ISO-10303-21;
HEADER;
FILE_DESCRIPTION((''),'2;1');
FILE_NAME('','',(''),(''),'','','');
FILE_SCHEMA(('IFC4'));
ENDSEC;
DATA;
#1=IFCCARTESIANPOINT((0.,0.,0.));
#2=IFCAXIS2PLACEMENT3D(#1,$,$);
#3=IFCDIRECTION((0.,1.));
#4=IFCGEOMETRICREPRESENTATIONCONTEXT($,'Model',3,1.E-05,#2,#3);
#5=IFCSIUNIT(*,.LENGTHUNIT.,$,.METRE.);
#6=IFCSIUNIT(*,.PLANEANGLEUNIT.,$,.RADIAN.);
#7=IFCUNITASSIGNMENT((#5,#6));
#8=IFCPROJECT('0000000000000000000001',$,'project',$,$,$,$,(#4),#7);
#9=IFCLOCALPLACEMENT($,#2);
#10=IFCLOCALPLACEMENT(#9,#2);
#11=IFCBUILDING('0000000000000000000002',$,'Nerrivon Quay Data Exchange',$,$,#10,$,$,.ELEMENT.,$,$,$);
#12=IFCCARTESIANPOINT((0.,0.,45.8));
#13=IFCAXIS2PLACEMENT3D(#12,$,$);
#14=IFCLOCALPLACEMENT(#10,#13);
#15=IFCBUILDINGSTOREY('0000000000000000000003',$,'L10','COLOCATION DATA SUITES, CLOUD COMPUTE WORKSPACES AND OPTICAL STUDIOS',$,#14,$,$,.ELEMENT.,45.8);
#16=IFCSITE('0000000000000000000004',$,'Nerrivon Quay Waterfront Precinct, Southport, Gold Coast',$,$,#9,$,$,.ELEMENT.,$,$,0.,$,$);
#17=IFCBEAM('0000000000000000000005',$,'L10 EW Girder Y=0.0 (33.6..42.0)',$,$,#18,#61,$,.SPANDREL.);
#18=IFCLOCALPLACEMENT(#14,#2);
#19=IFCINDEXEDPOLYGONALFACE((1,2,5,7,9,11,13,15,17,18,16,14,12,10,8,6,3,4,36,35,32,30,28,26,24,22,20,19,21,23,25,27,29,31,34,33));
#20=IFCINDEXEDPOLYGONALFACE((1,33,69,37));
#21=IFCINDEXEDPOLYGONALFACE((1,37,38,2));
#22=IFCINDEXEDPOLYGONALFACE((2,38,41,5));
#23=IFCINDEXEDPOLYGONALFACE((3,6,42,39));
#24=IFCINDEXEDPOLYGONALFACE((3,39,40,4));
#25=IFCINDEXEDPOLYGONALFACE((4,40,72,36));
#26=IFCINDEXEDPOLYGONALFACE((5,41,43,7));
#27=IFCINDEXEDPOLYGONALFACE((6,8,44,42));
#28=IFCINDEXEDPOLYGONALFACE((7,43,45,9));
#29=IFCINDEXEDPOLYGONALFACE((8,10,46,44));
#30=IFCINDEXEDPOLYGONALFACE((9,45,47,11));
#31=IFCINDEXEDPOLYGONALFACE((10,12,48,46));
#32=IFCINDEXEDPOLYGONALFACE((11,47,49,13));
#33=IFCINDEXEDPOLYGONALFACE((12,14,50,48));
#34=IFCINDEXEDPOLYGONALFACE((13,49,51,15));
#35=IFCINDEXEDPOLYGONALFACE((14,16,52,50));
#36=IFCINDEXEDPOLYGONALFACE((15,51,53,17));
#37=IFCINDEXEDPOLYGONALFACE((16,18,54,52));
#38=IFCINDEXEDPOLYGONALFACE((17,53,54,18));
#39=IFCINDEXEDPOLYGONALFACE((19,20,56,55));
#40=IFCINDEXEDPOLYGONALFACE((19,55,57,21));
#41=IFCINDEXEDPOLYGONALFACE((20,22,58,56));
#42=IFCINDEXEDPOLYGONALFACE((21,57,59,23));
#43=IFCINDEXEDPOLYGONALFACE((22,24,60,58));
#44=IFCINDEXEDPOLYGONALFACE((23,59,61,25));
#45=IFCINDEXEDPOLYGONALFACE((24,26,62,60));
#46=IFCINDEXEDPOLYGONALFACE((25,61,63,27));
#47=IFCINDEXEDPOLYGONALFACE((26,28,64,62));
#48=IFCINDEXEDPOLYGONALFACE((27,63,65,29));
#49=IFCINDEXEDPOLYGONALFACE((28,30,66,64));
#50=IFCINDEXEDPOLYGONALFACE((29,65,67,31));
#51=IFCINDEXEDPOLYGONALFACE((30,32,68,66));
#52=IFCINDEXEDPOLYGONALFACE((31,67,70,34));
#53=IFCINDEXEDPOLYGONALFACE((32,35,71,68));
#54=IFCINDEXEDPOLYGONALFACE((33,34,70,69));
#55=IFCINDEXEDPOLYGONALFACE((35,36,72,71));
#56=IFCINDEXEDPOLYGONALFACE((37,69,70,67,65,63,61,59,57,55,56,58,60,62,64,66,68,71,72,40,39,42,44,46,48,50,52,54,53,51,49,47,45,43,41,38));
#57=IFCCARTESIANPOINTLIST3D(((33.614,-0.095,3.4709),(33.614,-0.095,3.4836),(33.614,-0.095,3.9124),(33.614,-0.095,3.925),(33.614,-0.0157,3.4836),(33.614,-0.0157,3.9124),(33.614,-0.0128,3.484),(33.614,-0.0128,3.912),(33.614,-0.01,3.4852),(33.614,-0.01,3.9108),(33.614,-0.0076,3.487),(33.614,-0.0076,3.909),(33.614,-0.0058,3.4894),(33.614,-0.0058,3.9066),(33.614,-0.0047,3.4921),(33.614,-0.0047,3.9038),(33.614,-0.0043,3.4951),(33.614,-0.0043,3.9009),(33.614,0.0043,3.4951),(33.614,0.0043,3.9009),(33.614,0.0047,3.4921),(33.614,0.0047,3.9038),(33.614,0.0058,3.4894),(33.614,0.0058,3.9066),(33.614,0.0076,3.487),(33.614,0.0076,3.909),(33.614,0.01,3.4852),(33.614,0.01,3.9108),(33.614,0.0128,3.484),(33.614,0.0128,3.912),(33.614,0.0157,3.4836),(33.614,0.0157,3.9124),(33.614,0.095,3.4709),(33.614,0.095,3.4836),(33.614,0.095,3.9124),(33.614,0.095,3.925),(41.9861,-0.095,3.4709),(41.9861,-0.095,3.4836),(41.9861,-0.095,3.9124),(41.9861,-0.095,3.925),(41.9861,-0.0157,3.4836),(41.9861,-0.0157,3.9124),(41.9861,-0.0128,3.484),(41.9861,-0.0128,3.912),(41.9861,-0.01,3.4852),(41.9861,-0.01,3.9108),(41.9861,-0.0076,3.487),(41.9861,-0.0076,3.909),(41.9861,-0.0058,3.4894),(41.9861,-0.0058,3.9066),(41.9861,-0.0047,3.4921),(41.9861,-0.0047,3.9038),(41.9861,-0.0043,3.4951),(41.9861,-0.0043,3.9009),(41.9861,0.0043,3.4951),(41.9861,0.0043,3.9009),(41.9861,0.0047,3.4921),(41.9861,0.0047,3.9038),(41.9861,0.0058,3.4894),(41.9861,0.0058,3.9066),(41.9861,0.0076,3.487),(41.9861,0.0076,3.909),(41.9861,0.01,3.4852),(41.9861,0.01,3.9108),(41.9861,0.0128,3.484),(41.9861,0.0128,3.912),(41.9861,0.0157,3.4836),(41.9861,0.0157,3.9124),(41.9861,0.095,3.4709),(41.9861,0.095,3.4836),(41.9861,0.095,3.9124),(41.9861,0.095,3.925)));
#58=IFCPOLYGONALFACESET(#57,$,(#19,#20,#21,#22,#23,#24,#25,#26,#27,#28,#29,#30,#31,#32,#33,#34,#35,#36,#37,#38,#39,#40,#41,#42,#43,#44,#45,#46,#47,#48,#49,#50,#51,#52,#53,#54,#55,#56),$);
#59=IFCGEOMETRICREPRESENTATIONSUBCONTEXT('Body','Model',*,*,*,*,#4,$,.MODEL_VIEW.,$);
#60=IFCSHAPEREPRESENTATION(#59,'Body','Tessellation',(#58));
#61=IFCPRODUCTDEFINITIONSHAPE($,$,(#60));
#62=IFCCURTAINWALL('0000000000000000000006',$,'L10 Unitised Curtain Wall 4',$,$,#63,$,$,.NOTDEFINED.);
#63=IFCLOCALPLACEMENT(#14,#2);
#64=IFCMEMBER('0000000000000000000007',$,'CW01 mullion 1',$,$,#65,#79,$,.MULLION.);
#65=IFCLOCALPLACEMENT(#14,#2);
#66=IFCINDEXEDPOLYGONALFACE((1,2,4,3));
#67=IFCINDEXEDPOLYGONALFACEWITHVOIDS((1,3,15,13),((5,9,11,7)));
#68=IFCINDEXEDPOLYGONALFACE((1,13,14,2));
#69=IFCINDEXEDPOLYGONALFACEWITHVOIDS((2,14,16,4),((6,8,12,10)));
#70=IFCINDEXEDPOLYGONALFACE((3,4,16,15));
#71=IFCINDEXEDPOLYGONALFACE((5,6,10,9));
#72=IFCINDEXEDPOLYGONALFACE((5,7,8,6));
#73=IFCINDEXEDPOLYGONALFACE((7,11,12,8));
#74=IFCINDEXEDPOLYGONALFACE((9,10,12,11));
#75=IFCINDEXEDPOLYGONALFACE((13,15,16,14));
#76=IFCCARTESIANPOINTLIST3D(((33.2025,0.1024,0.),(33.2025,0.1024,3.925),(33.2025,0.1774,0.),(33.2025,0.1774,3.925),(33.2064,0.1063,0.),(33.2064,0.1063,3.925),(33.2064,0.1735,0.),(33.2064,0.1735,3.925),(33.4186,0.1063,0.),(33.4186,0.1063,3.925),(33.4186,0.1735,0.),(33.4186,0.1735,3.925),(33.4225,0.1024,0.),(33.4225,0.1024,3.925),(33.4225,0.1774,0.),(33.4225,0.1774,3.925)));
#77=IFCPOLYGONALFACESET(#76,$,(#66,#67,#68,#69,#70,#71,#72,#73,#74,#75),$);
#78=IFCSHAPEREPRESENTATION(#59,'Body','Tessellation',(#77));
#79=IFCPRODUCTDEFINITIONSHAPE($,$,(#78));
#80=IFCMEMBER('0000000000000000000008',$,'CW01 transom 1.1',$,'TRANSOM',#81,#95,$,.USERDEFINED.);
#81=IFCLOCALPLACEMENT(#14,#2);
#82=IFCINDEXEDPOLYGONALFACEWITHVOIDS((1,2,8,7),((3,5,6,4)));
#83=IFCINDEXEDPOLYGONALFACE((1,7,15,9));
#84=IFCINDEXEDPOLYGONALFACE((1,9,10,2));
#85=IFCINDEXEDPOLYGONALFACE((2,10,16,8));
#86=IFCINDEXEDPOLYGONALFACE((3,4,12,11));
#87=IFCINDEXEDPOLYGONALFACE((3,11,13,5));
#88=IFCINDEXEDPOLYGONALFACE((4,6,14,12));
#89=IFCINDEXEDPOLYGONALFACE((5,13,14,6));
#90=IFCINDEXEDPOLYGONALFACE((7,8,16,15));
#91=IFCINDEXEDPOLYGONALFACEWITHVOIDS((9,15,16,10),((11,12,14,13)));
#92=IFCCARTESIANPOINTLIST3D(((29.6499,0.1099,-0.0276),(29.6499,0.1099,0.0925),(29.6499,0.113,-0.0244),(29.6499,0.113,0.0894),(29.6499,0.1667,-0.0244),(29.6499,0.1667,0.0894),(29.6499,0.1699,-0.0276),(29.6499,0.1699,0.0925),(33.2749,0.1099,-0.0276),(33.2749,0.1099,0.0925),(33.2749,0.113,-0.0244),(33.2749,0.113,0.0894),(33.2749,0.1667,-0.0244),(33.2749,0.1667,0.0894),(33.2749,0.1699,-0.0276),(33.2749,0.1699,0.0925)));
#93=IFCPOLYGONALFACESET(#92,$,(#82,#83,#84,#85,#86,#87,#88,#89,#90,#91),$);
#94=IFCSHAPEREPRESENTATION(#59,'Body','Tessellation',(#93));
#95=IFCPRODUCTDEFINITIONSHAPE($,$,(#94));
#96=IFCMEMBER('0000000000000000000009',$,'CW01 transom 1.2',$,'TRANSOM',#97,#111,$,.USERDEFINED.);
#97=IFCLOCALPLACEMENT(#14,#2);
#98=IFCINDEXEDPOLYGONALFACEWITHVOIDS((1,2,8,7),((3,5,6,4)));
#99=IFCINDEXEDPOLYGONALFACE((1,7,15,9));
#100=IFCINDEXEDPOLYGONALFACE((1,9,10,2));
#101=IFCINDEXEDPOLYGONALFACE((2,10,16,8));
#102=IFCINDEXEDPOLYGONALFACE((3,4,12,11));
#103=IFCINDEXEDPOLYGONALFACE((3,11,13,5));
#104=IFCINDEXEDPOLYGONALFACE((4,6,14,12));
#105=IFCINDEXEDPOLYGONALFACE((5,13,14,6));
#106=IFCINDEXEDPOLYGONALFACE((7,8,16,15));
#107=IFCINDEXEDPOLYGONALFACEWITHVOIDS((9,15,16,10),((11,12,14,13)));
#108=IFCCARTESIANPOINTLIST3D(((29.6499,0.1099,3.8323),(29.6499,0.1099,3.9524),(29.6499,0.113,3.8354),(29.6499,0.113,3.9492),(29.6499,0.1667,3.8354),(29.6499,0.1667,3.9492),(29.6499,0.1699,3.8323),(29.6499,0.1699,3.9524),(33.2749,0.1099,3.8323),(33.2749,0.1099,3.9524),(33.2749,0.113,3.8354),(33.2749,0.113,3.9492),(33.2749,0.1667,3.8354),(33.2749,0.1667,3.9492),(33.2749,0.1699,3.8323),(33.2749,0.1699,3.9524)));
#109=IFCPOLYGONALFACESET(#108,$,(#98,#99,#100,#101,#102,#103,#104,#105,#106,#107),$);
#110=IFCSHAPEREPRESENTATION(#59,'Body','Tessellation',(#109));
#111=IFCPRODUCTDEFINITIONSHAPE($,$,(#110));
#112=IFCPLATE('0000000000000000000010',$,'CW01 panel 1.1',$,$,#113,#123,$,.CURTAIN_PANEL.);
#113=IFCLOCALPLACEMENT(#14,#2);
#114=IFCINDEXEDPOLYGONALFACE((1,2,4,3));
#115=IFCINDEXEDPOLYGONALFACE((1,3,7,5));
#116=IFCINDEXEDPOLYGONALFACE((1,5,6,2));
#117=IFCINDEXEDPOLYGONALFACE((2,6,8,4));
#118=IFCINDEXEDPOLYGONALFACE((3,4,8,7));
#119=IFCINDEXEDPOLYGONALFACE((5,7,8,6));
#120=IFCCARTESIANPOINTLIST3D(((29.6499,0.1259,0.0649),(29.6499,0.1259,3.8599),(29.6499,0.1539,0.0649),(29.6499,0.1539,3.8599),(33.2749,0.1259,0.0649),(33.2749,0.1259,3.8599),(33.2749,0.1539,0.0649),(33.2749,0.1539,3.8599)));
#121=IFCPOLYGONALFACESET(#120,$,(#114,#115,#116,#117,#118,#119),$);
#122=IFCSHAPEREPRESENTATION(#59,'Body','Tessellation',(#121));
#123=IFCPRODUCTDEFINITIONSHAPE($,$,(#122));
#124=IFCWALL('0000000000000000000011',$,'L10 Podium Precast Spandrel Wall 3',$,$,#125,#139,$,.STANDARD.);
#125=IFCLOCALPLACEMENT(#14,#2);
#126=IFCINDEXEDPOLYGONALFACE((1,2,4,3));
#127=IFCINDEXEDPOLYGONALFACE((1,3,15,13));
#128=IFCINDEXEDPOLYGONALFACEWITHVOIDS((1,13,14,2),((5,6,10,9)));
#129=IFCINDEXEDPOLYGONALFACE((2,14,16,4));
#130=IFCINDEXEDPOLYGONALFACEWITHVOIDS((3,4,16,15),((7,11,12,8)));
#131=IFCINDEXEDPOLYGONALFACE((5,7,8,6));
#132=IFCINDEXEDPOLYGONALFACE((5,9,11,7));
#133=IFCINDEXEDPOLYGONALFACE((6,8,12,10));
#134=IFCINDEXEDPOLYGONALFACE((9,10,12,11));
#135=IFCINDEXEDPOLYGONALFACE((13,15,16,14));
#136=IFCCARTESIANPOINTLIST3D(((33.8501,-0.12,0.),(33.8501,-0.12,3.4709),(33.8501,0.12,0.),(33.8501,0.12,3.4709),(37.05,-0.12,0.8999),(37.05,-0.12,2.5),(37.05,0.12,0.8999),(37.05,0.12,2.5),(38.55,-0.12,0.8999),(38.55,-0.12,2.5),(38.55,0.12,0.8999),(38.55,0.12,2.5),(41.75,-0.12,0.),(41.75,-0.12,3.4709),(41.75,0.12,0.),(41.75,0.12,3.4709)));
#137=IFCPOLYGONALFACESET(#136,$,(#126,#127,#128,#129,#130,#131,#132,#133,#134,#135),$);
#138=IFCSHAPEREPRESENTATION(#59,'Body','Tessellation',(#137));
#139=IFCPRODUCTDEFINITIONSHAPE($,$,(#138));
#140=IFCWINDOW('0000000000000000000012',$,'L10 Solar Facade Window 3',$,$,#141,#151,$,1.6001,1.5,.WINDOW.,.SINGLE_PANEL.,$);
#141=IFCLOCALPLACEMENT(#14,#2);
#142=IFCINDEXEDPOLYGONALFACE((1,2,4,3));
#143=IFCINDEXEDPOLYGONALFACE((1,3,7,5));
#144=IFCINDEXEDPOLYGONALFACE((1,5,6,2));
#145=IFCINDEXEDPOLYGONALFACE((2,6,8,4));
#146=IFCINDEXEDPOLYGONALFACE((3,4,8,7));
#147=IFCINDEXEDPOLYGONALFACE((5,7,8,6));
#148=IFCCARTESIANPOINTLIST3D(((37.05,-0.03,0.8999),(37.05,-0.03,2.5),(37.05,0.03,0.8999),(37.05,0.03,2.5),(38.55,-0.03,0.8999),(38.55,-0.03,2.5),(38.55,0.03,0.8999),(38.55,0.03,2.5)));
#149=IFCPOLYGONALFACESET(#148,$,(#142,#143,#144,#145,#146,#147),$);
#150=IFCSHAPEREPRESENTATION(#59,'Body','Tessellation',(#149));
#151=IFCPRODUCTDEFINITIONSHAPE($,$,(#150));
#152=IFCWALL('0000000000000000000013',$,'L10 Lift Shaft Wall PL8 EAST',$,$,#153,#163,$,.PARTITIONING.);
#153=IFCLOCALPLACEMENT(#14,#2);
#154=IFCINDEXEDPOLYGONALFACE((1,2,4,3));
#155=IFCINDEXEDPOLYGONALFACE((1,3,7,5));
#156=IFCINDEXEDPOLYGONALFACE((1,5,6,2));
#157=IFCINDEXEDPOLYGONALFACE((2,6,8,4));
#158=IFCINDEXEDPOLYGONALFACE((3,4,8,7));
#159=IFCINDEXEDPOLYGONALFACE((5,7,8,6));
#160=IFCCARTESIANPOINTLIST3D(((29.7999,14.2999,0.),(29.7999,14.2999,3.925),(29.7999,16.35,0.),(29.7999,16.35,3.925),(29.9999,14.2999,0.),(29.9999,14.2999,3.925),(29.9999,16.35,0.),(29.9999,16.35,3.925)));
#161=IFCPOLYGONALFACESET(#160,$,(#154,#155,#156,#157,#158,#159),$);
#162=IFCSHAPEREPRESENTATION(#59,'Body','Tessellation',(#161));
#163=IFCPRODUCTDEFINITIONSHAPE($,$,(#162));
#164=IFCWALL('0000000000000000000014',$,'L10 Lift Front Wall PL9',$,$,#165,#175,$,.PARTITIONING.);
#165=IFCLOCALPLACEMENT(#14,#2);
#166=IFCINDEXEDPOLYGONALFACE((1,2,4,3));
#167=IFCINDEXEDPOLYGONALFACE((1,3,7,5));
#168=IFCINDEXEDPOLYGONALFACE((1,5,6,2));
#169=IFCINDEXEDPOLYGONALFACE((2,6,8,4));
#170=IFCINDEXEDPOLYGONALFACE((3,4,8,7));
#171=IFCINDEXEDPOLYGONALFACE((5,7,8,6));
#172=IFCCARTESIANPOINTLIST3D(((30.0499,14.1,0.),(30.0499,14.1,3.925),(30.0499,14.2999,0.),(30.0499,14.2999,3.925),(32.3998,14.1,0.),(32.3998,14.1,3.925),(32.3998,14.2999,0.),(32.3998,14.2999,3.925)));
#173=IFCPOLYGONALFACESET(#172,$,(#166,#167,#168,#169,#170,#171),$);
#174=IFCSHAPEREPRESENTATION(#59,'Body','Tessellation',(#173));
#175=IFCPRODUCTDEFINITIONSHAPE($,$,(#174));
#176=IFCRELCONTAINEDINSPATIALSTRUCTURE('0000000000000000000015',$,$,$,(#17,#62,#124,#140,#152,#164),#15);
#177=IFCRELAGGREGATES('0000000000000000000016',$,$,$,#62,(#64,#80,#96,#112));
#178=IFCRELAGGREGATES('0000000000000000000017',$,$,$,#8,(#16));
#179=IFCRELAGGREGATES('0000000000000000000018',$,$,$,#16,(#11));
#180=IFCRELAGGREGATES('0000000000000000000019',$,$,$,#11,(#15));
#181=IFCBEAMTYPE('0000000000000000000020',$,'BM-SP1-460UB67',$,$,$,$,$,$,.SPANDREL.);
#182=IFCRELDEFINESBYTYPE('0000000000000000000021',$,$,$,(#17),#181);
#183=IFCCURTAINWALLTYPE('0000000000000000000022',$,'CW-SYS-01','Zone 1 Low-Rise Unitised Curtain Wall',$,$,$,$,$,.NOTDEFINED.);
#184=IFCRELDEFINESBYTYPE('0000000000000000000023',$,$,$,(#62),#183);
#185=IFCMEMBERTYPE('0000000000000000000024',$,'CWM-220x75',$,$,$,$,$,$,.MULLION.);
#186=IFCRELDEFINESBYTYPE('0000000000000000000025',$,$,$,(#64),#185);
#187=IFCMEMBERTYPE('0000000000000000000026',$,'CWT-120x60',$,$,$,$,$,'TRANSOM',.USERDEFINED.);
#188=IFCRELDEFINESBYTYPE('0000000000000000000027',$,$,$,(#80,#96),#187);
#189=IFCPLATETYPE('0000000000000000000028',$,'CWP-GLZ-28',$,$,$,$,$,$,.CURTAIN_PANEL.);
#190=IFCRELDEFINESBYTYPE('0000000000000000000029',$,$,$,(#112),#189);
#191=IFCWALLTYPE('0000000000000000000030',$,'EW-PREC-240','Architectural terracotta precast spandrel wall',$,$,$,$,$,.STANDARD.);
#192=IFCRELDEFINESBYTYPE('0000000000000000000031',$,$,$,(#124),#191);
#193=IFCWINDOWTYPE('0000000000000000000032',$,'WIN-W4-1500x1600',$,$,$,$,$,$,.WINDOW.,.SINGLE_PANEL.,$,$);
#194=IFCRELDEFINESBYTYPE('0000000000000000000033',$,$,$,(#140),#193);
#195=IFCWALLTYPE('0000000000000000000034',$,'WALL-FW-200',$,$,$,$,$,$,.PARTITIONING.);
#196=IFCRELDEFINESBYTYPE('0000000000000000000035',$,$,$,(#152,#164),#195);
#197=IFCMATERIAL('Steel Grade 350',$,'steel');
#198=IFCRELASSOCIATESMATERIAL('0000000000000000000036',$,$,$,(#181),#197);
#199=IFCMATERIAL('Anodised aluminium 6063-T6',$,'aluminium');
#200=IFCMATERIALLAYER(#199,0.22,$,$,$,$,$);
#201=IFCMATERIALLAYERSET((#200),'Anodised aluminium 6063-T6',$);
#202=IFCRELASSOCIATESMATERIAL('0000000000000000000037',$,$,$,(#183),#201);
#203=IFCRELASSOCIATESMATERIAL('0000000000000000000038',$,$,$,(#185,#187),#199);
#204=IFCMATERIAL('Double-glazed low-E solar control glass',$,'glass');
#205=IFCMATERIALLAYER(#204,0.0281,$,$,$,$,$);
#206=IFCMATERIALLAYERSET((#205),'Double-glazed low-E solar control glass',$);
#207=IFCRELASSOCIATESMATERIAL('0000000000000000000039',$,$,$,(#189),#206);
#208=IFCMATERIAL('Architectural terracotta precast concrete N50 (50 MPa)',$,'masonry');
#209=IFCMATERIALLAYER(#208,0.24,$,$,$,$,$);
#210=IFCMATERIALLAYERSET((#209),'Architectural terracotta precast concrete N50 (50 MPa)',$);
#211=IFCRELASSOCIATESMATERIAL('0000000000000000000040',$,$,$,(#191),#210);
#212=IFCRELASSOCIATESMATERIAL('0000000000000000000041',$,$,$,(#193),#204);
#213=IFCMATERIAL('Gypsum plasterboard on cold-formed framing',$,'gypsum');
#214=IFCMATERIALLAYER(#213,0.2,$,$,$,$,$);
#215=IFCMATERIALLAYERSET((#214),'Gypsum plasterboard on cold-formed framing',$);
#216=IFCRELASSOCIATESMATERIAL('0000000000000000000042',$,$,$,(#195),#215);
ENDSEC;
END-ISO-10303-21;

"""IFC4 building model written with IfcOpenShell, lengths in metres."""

from ifc_helpers import new_model, si_unit, direction, frame, frame_2d, origin, origin_2d, place, context, subcontext, project, spatial, rectangle, hollow_rectangle, i_section, extrude, material, layer, layer_set, material_profile, profile_set, type_object, element, fill, aggregate, save


model = new_model("IFC4")

# Units and contexts
model_context = context("Model", 3, precision=1e-05, world=origin(), true_north=direction((0.0, 1.0)))
body_context = subcontext(model_context, "Body", "Model", "MODEL_VIEW")
ifc_project = project(units=[si_unit("LENGTHUNIT", "METRE"), si_unit("PLANEANGLEUNIT", "RADIAN")], contexts=[model_context])

# Site, building, storey
site_placement = place(None, origin())
site = spatial("IfcSite", under=ifc_project, at=site_placement, Name="Nerrivon Quay Waterfront Precinct, Southport, Gold Coast", CompositionType="ELEMENT", RefElevation=0.0)
building_placement = place(site_placement, origin())
building = spatial("IfcBuilding", under=site, at=building_placement, Name="Nerrivon Quay Data Exchange", CompositionType="ELEMENT")
storey_placement = place(building_placement, frame((0.0, 0.0, 45.8)))
storey = spatial("IfcBuildingStorey", under=building, at=storey_placement, Name="L10", Description="COLOCATION DATA SUITES, CLOUD COMPUTE WORKSPACES AND OPTICAL STUDIOS", CompositionType="ELEMENT", Elevation=45.8)

# Shared definitions
ifc_material_1 = material(Name="Steel Grade 350", Category="steel")

# Beam
ifc_material_profile_1 = material_profile(ifc_material_1, i_section(OverallWidth=0.1899, OverallDepth=0.4541, WebThickness=0.0085, FlangeThickness=0.0127, FilletRadius=0.0115, at=origin_2d()), Name="460UB67.1")
ifc_profile_set_1 = profile_set([ifc_material_profile_1], Name="Steel Grade 350")
beam_type_1 = type_object("IfcBeamType", Name="BM-SP1-460UB67", PredefinedType="SPANDREL", material=ifc_profile_set_1)
beam_1_placement = place(storey_placement, frame((33.614, 0.0, 3.698), z_axis=(1.0, 0.0, 0.0), x_axis=(0.0, 1.0, 0.0)))
element("IfcBeam", 1, at=beam_1_placement, inside=storey, type_object=beam_type_1, Name="L10 EW Girder Y=0.0 (33.6..42.0)", PredefinedType="SPANDREL", context=body_context, shape_type="SweptSolid", body=[
    extrude(i_section(OverallWidth=0.1899, OverallDepth=0.4541, WebThickness=0.0085, FlangeThickness=0.0127, FilletRadius=0.0115, at=origin_2d()), origin(), (0.0, 0.0, 1.0), 8.3721),
])

# Curtain wall, members, plate
ifc_material_2 = material(Name="Anodised aluminium 6063-T6", Category="aluminium")
ifc_layer_1 = layer(ifc_material_2, 0.22)
ifc_layer_set_1 = layer_set([ifc_layer_1], Name="Anodised aluminium 6063-T6")
curtain_wall_type = type_object("IfcCurtainWallType", Name="CW-SYS-01", Description="Zone 1 Low-Rise Unitised Curtain Wall", PredefinedType="NOTDEFINED", material=ifc_layer_set_1)
curtain_wall_placement = place(storey_placement, origin())
curtain_wall = element("IfcCurtainWall", 2, at=curtain_wall_placement, inside=storey, type_object=curtain_wall_type, Name="L10 Unitised Curtain Wall 4", PredefinedType="NOTDEFINED")
ifc_material_profile_2 = material_profile(ifc_material_2, hollow_rectangle(XDim=0.075, YDim=0.22, WallThickness=0.0039, at=origin_2d()), Name="ALU-MULL-220x75")
ifc_profile_set_2 = profile_set([ifc_material_profile_2], Name="Anodised aluminium 6063-T6")
member_type_1 = type_object("IfcMemberType", Name="CWM-220x75", PredefinedType="MULLION", material=ifc_profile_set_2)
member_1_placement = place(storey_placement, frame((33.3125, 0.1399, 0.0), z_axis=(0.0, 0.0, 1.0), x_axis=(0.0, -1.0, 0.0)))
member_1 = element("IfcMember", 3, at=member_1_placement, type_object=member_type_1, Name="CW01 mullion 1", PredefinedType="MULLION", context=body_context, shape_type="SweptSolid", body=[
    extrude(hollow_rectangle(XDim=0.075, YDim=0.22, WallThickness=0.0039, at=origin_2d()), origin(), (0.0, 0.0, 1.0), 3.925),
])
ifc_material_profile_3 = material_profile(ifc_material_2, hollow_rectangle(XDim=0.0601, YDim=0.1201, WallThickness=0.0032, at=origin_2d()), Name="ALU-TRAN-120x60")
ifc_profile_set_3 = profile_set([ifc_material_profile_3], Name="Anodised aluminium 6063-T6")
member_type_2 = type_object("IfcMemberType", Name="CWT-120x60", ElementType="TRANSOM", PredefinedType="USERDEFINED", material=ifc_profile_set_3)
member_2_placement = place(storey_placement, frame((33.2749, 0.1399, 0.0325), z_axis=(-1.0, 0.0, 0.0), x_axis=(0.0, -1.0, 0.0)))
member_2 = element("IfcMember", 4, at=member_2_placement, type_object=member_type_2, Name="CW01 transom 1.1", ObjectType="TRANSOM", PredefinedType="USERDEFINED", context=body_context, shape_type="SweptSolid", body=[
    extrude(hollow_rectangle(XDim=0.0601, YDim=0.1201, WallThickness=0.0032, at=origin_2d()), origin(), (0.0, 0.0, 1.0), 3.625),
])
member_3_placement = place(storey_placement, frame((33.2749, 0.1399, 3.8923), z_axis=(-1.0, 0.0, 0.0), x_axis=(0.0, -1.0, 0.0)))
member_3 = element("IfcMember", 5, at=member_3_placement, type_object=member_type_2, Name="CW01 transom 1.2", ObjectType="TRANSOM", PredefinedType="USERDEFINED", context=body_context, shape_type="SweptSolid", body=[
    extrude(hollow_rectangle(XDim=0.0601, YDim=0.1201, WallThickness=0.0032, at=origin_2d()), origin(), (0.0, 0.0, 1.0), 3.625),
])
ifc_material_3 = material(Name="Double-glazed low-E solar control glass", Category="glass")
ifc_layer_2 = layer(ifc_material_3, 0.0281)
ifc_layer_set_2 = layer_set([ifc_layer_2], Name="Double-glazed low-E solar control glass")
plate_type = type_object("IfcPlateType", Name="CWP-GLZ-28", PredefinedType="CURTAIN_PANEL", material=ifc_layer_set_2)
plate_placement = place(storey_placement, frame((31.4624, 0.1399, 0.0649), z_axis=(0.0, 0.0, 1.0), x_axis=(-1.0, 0.0, 0.0)))
plate = element("IfcPlate", 6, at=plate_placement, type_object=plate_type, Name="CW01 panel 1.1", PredefinedType="CURTAIN_PANEL", context=body_context, shape_type="SweptSolid", body=[
    extrude(rectangle(XDim=3.625, YDim=0.0281, at=origin_2d()), origin(), (0.0, 0.0, 1.0), 3.7949),
])
aggregate(curtain_wall, [member_1, member_2, member_3, plate])

# Wall, opening, window
ifc_material_4 = material(Name="Architectural terracotta precast concrete N50 (50 MPa)", Category="masonry")
ifc_layer_3 = layer(ifc_material_4, 0.24)
ifc_layer_set_3 = layer_set([ifc_layer_3], Name="Architectural terracotta precast concrete N50 (50 MPa)")
wall_type_1 = type_object("IfcWallType", Name="EW-PREC-240", Description="Architectural terracotta precast spandrel wall", PredefinedType="STANDARD", material=ifc_layer_set_3)
wall_1_placement = place(storey_placement, frame((41.75, 0.0, 0.0), z_axis=(0.0, 0.0, 1.0), x_axis=(-1.0, 0.0, 0.0)))
wall_1 = element("IfcWall", 7, at=wall_1_placement, inside=storey, type_object=wall_type_1, Name="L10 Podium Precast Spandrel Wall 3", PredefinedType="STANDARD", context=body_context, shape_type="SweptSolid", body=[
    extrude(rectangle(XDim=7.8999, YDim=0.24, at=frame_2d((3.95, 0.0))), origin(), (0.0, 0.0, 1.0), 3.4709),
])
opening_1_placement = place(wall_1_placement, frame((3.2, 0.0, 0.8999)))
opening_1 = element("IfcOpeningElement", 8, at=opening_1_placement, cuts=wall_1, PredefinedType="OPENING", context=body_context, shape_type="SweptSolid", body=[
    extrude(rectangle(XDim=1.5, YDim=1.6001, at=frame_2d((0.75, 0.8))), frame((0.0, 0.1299, 0.0), z_axis=(0.0, -1.0, 0.0), x_axis=(1.0, 0.0, 0.0)), (0.0, 0.0, 1.0), 0.26),
])
window_type = type_object("IfcWindowType", Name="WIN-W4-1500x1600", PartitioningType="SINGLE_PANEL", PredefinedType="WINDOW", material=ifc_material_3)
window_placement = place(opening_1_placement, origin())
window = element("IfcWindow", 9, at=window_placement, inside=storey, type_object=window_type, Name="L10 Solar Facade Window 3", OverallHeight=1.6001, OverallWidth=1.5, PartitioningType="SINGLE_PANEL", PredefinedType="WINDOW", context=body_context, shape_type="SweptSolid", body=[
    extrude(rectangle(XDim=1.5, YDim=1.6001, at=frame_2d((0.75, 0.8))), frame((0.0, 0.03, 0.0), z_axis=(0.0, -1.0, 0.0), x_axis=(1.0, 0.0, 0.0)), (0.0, 0.0, 1.0), 0.0601),
])
fill(opening_1, window)

# Walls
ifc_material_5 = material(Name="Gypsum plasterboard on cold-formed framing", Category="gypsum")
ifc_layer_4 = layer(ifc_material_5, 0.2)
ifc_layer_set_4 = layer_set([ifc_layer_4], Name="Gypsum plasterboard on cold-formed framing")
wall_type_2 = type_object("IfcWallType", Name="WALL-FW-200", PredefinedType="PARTITIONING", material=ifc_layer_set_4)
wall_2_placement = place(storey_placement, frame((29.8999, 14.3, 0.0), z_axis=(0.0, 0.0, 1.0), x_axis=(0.0, 1.0, 0.0)))
element("IfcWall", 10, at=wall_2_placement, inside=storey, type_object=wall_type_2, Name="L10 Lift Shaft Wall PL8 EAST", PredefinedType="PARTITIONING", context=body_context, shape_type="SweptSolid", body=[
    extrude(rectangle(XDim=2.05, YDim=0.2, at=frame_2d((1.0249, 0.0))), origin(), (0.0, 0.0, 1.0), 3.925),
])
wall_3_placement = place(storey_placement, frame((30.05, 14.2, 0.0), z_axis=(0.0, 0.0, 1.0), x_axis=(1.0, 0.0, 0.0)))
element("IfcWall", 11, at=wall_3_placement, inside=storey, type_object=wall_type_2, Name="L10 Lift Front Wall PL9", PredefinedType="PARTITIONING", context=body_context, shape_type="SweptSolid", body=[
    extrude(rectangle(XDim=2.3499, YDim=0.2, at=frame_2d((1.1748, 0.0))), origin(), (0.0, 0.0, 1.0), 3.925),
])

save(model, "model.ifc")
